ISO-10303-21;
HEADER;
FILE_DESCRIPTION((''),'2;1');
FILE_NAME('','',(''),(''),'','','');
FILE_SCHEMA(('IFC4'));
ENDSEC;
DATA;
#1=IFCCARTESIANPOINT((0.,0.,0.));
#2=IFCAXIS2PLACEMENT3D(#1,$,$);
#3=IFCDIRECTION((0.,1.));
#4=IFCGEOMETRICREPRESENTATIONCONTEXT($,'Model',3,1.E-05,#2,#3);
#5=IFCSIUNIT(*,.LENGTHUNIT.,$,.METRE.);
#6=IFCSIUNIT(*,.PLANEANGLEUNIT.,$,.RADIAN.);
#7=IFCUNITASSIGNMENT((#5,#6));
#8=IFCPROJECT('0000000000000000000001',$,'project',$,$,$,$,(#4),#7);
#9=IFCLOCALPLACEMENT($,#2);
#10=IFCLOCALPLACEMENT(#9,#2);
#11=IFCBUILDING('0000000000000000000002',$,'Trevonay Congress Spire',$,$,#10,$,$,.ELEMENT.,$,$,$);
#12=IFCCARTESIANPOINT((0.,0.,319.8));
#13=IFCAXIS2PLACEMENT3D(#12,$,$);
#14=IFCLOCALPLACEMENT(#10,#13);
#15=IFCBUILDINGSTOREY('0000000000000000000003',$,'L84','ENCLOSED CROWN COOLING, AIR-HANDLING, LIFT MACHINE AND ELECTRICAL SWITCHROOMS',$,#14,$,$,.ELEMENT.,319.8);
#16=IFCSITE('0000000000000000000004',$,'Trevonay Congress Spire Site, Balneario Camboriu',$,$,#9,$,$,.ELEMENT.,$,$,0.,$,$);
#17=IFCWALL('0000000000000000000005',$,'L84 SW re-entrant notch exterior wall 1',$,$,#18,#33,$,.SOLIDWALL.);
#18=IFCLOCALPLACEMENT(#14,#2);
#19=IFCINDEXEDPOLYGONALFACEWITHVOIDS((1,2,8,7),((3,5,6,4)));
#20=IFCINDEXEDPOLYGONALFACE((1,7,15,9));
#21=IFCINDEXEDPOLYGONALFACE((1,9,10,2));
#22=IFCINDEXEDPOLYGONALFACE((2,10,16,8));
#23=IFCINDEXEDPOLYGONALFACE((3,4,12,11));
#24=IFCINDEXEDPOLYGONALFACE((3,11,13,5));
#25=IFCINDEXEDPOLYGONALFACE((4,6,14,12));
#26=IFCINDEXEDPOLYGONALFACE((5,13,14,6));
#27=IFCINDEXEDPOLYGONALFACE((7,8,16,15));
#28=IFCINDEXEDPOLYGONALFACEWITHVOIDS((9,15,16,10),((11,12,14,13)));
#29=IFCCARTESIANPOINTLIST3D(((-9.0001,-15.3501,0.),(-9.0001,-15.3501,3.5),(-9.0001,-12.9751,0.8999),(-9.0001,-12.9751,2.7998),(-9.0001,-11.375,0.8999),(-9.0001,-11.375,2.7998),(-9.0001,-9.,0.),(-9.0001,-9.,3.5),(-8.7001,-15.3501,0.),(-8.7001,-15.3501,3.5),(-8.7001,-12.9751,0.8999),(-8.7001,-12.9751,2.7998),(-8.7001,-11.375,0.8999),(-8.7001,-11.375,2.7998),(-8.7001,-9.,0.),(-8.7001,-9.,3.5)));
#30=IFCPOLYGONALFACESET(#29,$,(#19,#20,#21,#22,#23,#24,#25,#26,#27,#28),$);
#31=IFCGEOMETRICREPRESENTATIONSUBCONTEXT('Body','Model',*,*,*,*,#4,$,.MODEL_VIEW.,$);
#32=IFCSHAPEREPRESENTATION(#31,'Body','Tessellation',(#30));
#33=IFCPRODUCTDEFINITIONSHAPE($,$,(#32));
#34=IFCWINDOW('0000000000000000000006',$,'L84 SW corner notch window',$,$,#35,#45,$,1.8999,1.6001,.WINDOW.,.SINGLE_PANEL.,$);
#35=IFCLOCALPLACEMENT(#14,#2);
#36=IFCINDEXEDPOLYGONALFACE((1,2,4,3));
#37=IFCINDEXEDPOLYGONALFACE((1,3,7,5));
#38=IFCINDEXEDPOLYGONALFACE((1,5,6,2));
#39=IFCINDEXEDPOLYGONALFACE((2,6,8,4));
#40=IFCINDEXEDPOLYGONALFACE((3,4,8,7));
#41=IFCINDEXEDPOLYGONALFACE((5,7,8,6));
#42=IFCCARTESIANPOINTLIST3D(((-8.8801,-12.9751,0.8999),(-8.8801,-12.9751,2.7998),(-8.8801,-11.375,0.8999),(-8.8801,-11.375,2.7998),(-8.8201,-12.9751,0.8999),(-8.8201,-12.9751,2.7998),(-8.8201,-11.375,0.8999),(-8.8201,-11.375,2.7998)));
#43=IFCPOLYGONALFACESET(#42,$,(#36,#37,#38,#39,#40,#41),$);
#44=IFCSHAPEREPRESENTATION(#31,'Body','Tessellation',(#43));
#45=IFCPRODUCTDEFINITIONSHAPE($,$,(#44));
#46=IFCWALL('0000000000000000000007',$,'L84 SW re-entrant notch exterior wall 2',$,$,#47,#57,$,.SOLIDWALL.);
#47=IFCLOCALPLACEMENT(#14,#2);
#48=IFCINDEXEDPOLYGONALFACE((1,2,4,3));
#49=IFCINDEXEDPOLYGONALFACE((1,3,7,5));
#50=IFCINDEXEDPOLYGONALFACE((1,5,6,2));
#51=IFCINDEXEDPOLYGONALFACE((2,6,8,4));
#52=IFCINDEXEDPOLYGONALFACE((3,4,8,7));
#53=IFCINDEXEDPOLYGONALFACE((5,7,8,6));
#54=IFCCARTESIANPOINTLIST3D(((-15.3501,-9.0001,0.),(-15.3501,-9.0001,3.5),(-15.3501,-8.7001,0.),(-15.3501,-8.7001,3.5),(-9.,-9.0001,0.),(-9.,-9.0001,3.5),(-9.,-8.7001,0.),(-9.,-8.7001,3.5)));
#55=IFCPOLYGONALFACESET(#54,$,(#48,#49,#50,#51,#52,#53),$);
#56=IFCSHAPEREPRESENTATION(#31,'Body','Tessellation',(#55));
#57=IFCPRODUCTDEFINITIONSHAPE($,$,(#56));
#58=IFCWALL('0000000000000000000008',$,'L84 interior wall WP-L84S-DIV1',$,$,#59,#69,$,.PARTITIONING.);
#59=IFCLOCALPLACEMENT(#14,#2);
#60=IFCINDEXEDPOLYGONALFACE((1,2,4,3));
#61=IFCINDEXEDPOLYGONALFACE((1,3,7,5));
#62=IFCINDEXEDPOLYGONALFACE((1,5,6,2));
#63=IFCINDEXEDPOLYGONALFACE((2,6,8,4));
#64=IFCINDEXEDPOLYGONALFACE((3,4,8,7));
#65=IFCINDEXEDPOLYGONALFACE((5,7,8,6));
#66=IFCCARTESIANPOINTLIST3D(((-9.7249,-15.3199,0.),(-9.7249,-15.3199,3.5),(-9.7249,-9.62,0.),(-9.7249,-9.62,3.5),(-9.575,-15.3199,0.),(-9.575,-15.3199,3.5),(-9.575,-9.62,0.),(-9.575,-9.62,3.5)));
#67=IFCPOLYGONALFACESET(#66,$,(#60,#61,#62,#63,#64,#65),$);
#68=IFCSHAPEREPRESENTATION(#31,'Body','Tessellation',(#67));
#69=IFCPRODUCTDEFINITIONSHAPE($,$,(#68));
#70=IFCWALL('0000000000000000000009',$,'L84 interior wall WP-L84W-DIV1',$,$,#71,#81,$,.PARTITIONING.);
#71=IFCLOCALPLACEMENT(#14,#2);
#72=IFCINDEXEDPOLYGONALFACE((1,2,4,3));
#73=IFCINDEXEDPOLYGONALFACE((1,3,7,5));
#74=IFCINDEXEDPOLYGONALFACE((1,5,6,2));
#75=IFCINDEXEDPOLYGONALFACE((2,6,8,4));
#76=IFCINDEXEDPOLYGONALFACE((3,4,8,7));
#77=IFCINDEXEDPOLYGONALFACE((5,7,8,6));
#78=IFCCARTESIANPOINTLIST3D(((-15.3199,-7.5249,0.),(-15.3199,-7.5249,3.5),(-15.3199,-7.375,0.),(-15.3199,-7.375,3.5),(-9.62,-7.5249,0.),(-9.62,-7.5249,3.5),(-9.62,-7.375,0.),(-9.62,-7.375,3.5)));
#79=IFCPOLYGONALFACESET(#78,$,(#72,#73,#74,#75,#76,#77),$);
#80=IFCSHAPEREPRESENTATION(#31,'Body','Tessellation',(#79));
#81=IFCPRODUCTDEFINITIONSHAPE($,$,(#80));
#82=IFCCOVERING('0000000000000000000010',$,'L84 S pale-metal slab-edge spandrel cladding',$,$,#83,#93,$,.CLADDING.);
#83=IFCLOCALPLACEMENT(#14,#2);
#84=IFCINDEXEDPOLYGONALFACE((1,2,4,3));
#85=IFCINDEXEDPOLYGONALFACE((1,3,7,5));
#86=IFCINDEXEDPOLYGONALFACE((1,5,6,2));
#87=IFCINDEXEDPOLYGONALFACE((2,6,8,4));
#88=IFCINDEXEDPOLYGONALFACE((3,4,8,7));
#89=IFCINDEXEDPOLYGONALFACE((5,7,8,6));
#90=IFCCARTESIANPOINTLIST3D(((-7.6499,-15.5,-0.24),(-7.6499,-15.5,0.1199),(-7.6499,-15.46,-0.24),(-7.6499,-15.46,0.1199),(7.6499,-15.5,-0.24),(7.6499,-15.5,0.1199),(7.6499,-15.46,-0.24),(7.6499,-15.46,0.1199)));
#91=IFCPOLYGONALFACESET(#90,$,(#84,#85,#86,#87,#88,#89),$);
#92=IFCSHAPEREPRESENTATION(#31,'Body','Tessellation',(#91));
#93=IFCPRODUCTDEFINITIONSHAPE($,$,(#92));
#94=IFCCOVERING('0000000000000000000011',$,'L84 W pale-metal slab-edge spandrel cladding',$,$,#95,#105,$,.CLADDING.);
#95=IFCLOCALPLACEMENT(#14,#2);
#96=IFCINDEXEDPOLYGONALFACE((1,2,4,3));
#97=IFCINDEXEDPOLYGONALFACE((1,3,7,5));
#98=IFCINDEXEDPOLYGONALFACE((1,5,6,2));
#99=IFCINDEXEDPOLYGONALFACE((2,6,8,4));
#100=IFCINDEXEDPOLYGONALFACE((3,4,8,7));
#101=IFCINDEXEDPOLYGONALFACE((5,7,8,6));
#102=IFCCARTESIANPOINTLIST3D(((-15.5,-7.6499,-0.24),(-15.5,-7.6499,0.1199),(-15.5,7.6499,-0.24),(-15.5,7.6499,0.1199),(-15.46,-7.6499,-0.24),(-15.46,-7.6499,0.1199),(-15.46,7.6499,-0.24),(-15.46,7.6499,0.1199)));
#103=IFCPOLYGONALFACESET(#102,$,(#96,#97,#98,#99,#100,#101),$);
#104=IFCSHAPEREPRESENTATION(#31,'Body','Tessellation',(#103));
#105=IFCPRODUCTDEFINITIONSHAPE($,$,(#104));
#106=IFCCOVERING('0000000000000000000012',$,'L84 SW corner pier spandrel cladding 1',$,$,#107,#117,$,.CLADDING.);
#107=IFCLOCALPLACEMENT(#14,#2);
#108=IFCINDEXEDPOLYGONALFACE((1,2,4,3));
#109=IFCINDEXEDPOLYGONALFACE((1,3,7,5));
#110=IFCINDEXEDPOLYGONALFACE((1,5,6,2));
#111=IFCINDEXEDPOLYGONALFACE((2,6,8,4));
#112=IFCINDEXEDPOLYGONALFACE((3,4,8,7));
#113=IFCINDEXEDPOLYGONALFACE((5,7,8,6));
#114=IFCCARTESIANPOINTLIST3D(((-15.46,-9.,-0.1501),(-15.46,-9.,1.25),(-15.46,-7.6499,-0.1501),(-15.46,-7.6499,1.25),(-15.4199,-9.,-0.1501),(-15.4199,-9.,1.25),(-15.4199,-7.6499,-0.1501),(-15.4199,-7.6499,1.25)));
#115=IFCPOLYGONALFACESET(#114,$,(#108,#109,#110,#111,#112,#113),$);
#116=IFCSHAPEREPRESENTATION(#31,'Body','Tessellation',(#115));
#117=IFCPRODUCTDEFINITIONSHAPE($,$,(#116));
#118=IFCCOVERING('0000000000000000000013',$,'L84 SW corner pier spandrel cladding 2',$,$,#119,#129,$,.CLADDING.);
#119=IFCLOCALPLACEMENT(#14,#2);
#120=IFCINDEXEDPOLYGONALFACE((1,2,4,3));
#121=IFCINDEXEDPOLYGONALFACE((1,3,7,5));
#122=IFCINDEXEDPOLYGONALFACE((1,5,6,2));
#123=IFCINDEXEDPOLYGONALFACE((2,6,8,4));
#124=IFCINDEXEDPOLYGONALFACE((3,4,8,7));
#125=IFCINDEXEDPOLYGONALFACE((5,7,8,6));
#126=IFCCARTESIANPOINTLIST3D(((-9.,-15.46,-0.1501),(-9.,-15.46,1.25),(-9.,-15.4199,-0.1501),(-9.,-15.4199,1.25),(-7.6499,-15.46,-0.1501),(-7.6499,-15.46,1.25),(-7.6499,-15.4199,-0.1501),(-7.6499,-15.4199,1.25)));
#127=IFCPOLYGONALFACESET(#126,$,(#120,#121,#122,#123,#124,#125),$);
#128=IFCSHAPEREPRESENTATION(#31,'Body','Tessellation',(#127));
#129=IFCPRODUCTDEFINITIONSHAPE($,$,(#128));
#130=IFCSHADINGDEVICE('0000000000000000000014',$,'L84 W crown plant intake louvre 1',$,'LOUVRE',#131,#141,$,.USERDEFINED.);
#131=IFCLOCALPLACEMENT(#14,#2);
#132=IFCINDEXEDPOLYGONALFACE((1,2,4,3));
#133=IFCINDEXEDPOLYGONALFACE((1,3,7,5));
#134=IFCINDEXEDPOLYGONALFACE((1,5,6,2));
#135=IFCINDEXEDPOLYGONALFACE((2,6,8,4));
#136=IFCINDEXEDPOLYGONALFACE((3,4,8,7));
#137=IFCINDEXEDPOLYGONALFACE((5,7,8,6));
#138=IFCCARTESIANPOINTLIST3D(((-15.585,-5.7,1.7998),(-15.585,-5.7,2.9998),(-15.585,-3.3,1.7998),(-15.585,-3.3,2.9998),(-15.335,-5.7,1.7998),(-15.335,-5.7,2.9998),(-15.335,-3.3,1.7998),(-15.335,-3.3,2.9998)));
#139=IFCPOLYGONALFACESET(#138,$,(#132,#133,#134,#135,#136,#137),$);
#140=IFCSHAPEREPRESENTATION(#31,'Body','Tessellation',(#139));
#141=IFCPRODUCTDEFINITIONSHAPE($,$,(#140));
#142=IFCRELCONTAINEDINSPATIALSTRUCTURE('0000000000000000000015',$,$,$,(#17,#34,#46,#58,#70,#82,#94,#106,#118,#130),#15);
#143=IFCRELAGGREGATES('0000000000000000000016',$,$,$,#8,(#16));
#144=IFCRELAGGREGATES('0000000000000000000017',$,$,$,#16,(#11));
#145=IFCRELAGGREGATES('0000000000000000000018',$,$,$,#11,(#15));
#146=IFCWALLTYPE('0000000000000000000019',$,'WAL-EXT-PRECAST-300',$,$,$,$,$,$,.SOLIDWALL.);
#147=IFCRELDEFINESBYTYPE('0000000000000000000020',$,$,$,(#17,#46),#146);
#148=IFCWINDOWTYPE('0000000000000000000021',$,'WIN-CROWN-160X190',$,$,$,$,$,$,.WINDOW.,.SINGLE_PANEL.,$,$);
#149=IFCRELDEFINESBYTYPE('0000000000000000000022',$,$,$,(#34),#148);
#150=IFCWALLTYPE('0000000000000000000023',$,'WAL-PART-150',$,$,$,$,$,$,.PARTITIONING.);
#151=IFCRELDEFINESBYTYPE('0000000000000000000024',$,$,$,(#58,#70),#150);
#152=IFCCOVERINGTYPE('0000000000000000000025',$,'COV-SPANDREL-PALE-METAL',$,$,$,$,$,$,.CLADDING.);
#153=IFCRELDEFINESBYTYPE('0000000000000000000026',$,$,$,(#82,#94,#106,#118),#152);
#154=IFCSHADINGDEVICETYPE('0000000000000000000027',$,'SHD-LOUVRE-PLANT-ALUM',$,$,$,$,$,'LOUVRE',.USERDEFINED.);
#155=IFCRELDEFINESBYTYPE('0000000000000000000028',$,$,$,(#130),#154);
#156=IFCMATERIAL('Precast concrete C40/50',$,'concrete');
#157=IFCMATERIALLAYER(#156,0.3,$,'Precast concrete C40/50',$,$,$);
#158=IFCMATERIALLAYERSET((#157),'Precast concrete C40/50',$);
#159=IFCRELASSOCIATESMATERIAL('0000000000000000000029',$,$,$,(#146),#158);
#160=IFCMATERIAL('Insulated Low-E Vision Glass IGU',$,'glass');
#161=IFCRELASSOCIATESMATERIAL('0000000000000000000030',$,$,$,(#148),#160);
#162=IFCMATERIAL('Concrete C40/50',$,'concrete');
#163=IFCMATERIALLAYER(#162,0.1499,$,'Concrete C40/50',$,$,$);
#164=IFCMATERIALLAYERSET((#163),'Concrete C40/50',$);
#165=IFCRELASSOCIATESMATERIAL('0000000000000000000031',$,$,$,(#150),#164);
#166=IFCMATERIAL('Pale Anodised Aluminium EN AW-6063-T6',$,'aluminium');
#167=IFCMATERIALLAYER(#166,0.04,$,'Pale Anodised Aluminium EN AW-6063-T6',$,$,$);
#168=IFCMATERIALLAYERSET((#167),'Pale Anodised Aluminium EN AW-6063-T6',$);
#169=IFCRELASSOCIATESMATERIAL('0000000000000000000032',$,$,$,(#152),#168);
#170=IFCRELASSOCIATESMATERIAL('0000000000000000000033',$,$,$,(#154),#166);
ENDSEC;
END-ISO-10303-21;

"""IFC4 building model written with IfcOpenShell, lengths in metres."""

from ifc_helpers import new_model, si_unit, direction, frame, frame_2d, origin, origin_2d, place, context, subcontext, project, spatial, rectangle, extrude, material, layer, layer_set, type_object, element, fill, save


model = new_model("IFC4")

# Units and contexts
model_context = context("Model", 3, precision=1e-05, world=origin(), true_north=direction((0.0, 1.0)))
body_context = subcontext(model_context, "Body", "Model", "MODEL_VIEW")
ifc_project = project(units=[si_unit("LENGTHUNIT", "METRE"), si_unit("PLANEANGLEUNIT", "RADIAN")], contexts=[model_context])

# Site, building, storey
site_placement = place(None, origin())
site = spatial("IfcSite", under=ifc_project, at=site_placement, Name="Trevonay Congress Spire Site, Balneario Camboriu", CompositionType="ELEMENT", RefElevation=0.0)
building_placement = place(site_placement, origin())
building = spatial("IfcBuilding", under=site, at=building_placement, Name="Trevonay Congress Spire", CompositionType="ELEMENT")
storey_placement = place(building_placement, frame((0.0, 0.0, 319.8)))
storey = spatial("IfcBuildingStorey", under=building, at=storey_placement, Name="L84", Description="ENCLOSED CROWN COOLING, AIR-HANDLING, LIFT MACHINE AND ELECTRICAL SWITCHROOMS", CompositionType="ELEMENT", Elevation=319.8)

# Shared definitions
ifc_material_1 = material(Name="Pale Anodised Aluminium EN AW-6063-T6", Category="aluminium")

# Shared definitions
ifc_material_2 = material(Name="Insulated Low-E Vision Glass IGU", Category="glass")

# Shared definitions
ifc_material_3 = material(Name="Concrete C40/50", Category="concrete")

# Wall, opening, window
ifc_material_4 = material(Name="Precast concrete C40/50", Category="concrete")
ifc_layer_1 = layer(ifc_material_4, 0.3, Name="Precast concrete C40/50")
ifc_layer_set_1 = layer_set([ifc_layer_1], Name="Precast concrete C40/50")
wall_type_1 = type_object("IfcWallType", Name="WAL-EXT-PRECAST-300", PredefinedType="SOLIDWALL", material=ifc_layer_set_1)
wall_1_placement = place(storey_placement, frame((-8.8501, -15.3501, 0.0), z_axis=(0.0, 0.0, 1.0), x_axis=(0.0, 1.0, 0.0)))
wall_1 = element("IfcWall", 1, at=wall_1_placement, inside=storey, type_object=wall_type_1, Name="L84 SW re-entrant notch exterior wall 1", PredefinedType="SOLIDWALL", context=body_context, shape_type="SweptSolid", body=[
    extrude(rectangle(XDim=6.3501, YDim=0.3, at=frame_2d((3.175, 0.0))), origin(), (0.0, 0.0, 1.0), 3.5),
])
opening_1_placement = place(wall_1_placement, frame((2.375, 0.0, 0.8999)))
opening_1 = element("IfcOpeningElement", 2, at=opening_1_placement, cuts=wall_1, PredefinedType="OPENING", context=body_context, shape_type="SweptSolid", body=[
    extrude(rectangle(XDim=1.6001, YDim=1.8999, at=frame_2d((0.8, 0.95))), frame((0.0, 0.1602, 0.0), z_axis=(0.0, -1.0, 0.0), x_axis=(1.0, 0.0, 0.0)), (0.0, 0.0, 1.0), 0.3201),
])
window_type = type_object("IfcWindowType", Name="WIN-CROWN-160X190", PartitioningType="SINGLE_PANEL", PredefinedType="WINDOW", material=ifc_material_2)
window_placement = place(opening_1_placement, origin())
window = element("IfcWindow", 3, at=window_placement, inside=storey, type_object=window_type, Name="L84 SW corner notch window", OverallHeight=1.8999, OverallWidth=1.6001, PartitioningType="SINGLE_PANEL", PredefinedType="WINDOW", context=body_context, shape_type="SweptSolid", body=[
    extrude(rectangle(XDim=1.6001, YDim=1.8999, at=frame_2d((0.8, 0.95))), frame((0.0, 0.03, 0.0), z_axis=(0.0, -1.0, 0.0), x_axis=(1.0, 0.0, 0.0)), (0.0, 0.0, 1.0), 0.0601),
])
fill(opening_1, window)

# Walls
wall_2_placement = place(storey_placement, frame((-15.3501, -8.8501, 0.0), z_axis=(0.0, 0.0, 1.0), x_axis=(1.0, 0.0, 0.0)))
element("IfcWall", 4, at=wall_2_placement, inside=storey, type_object=wall_type_1, Name="L84 SW re-entrant notch exterior wall 2", PredefinedType="SOLIDWALL", context=body_context, shape_type="SweptSolid", body=[
    extrude(rectangle(XDim=6.3501, YDim=0.3, at=frame_2d((3.175, 0.0))), origin(), (0.0, 0.0, 1.0), 3.5),
])
ifc_layer_2 = layer(ifc_material_3, 0.1499, Name="Concrete C40/50")
ifc_layer_set_2 = layer_set([ifc_layer_2], Name="Concrete C40/50")
wall_type_2 = type_object("IfcWallType", Name="WAL-PART-150", PredefinedType="PARTITIONING", material=ifc_layer_set_2)
for number, where, z_axis, x_axis, name in (
    (5, (-9.6499, -15.3201, 0.0), (0.0, 0.0, 1.0), (0.0, 1.0, 0.0), "L84 interior wall WP-L84S-DIV1"),
    (6, (-15.3201, -7.45, 0.0), (0.0, 0.0, 1.0), (1.0, 0.0, 0.0), "L84 interior wall WP-L84W-DIV1"),
):
    element("IfcWall", number, at=place(storey_placement, frame(where, z_axis=z_axis, x_axis=x_axis)), inside=storey, type_object=wall_type_2, Name=name, PredefinedType="PARTITIONING", context=body_context, shape_type="SweptSolid", body=[
        extrude(rectangle(XDim=5.7, YDim=0.1499, at=frame_2d((2.8501, 0.0))), origin(), (0.0, 0.0, 1.0), 3.5),
    ])

# Coverings
ifc_layer_3 = layer(ifc_material_1, 0.04, Name="Pale Anodised Aluminium EN AW-6063-T6")
ifc_layer_set_3 = layer_set([ifc_layer_3], Name="Pale Anodised Aluminium EN AW-6063-T6")
covering_type = type_object("IfcCoveringType", Name="COV-SPANDREL-PALE-METAL", PredefinedType="CLADDING", material=ifc_layer_set_3)
for number, where, z_axis, x_axis, name in (
    (7, (-7.6499, -15.48, -0.24), (0.0, 0.0, 1.0), (1.0, 0.0, 0.0), "L84 S pale-metal slab-edge spandrel cladding"),
    (8, (-15.48, -7.6499, -0.24), (0.0, 0.0, 1.0), (0.0, 1.0, 0.0), "L84 W pale-metal slab-edge spandrel cladding"),
):
    element("IfcCovering", number, at=place(storey_placement, frame(where, z_axis=z_axis, x_axis=x_axis)), inside=storey, type_object=covering_type, Name=name, PredefinedType="CLADDING", context=body_context, shape_type="SweptSolid", body=[
        extrude(rectangle(XDim=15.2998, YDim=0.04, at=frame_2d((7.6499, 0.0))), origin(), (0.0, 0.0, 1.0), 0.3599),
    ])
for number, where, z_axis, x_axis, name in (
    (9, (-15.4399, -7.6499, -0.1501), (0.0, 0.0, 1.0), (0.0, -1.0, 0.0), "L84 SW corner pier spandrel cladding 1"),
    (10, (-7.6499, -15.4399, -0.1501), (0.0, 0.0, 1.0), (-1.0, 0.0, 0.0), "L84 SW corner pier spandrel cladding 2"),
):
    element("IfcCovering", number, at=place(storey_placement, frame(where, z_axis=z_axis, x_axis=x_axis)), inside=storey, type_object=covering_type, Name=name, PredefinedType="CLADDING", context=body_context, shape_type="SweptSolid", body=[
        extrude(rectangle(XDim=1.3501, YDim=0.04, at=frame_2d((0.675, 0.0))), origin(), (0.0, 0.0, 1.0), 1.4001),
    ])

# Shading device
shading_device_type = type_object("IfcShadingDeviceType", Name="SHD-LOUVRE-PLANT-ALUM", ElementType="LOUVRE", PredefinedType="USERDEFINED", material=ifc_material_1)
shading_device_placement = place(storey_placement, frame((-15.46, -4.5, 1.7998), z_axis=(0.0, 0.0, 1.0), x_axis=(0.0, 1.0, 0.0)))
element("IfcShadingDevice", 11, at=shading_device_placement, inside=storey, type_object=shading_device_type, Name="L84 W crown plant intake louvre 1", ObjectType="LOUVRE", PredefinedType="USERDEFINED", context=body_context, shape_type="SweptSolid", body=[
    extrude(rectangle(XDim=2.3999, YDim=0.25, at=origin_2d()), origin(), (0.0, 0.0, 1.0), 1.2),
])

save(model, "model.ifc")
